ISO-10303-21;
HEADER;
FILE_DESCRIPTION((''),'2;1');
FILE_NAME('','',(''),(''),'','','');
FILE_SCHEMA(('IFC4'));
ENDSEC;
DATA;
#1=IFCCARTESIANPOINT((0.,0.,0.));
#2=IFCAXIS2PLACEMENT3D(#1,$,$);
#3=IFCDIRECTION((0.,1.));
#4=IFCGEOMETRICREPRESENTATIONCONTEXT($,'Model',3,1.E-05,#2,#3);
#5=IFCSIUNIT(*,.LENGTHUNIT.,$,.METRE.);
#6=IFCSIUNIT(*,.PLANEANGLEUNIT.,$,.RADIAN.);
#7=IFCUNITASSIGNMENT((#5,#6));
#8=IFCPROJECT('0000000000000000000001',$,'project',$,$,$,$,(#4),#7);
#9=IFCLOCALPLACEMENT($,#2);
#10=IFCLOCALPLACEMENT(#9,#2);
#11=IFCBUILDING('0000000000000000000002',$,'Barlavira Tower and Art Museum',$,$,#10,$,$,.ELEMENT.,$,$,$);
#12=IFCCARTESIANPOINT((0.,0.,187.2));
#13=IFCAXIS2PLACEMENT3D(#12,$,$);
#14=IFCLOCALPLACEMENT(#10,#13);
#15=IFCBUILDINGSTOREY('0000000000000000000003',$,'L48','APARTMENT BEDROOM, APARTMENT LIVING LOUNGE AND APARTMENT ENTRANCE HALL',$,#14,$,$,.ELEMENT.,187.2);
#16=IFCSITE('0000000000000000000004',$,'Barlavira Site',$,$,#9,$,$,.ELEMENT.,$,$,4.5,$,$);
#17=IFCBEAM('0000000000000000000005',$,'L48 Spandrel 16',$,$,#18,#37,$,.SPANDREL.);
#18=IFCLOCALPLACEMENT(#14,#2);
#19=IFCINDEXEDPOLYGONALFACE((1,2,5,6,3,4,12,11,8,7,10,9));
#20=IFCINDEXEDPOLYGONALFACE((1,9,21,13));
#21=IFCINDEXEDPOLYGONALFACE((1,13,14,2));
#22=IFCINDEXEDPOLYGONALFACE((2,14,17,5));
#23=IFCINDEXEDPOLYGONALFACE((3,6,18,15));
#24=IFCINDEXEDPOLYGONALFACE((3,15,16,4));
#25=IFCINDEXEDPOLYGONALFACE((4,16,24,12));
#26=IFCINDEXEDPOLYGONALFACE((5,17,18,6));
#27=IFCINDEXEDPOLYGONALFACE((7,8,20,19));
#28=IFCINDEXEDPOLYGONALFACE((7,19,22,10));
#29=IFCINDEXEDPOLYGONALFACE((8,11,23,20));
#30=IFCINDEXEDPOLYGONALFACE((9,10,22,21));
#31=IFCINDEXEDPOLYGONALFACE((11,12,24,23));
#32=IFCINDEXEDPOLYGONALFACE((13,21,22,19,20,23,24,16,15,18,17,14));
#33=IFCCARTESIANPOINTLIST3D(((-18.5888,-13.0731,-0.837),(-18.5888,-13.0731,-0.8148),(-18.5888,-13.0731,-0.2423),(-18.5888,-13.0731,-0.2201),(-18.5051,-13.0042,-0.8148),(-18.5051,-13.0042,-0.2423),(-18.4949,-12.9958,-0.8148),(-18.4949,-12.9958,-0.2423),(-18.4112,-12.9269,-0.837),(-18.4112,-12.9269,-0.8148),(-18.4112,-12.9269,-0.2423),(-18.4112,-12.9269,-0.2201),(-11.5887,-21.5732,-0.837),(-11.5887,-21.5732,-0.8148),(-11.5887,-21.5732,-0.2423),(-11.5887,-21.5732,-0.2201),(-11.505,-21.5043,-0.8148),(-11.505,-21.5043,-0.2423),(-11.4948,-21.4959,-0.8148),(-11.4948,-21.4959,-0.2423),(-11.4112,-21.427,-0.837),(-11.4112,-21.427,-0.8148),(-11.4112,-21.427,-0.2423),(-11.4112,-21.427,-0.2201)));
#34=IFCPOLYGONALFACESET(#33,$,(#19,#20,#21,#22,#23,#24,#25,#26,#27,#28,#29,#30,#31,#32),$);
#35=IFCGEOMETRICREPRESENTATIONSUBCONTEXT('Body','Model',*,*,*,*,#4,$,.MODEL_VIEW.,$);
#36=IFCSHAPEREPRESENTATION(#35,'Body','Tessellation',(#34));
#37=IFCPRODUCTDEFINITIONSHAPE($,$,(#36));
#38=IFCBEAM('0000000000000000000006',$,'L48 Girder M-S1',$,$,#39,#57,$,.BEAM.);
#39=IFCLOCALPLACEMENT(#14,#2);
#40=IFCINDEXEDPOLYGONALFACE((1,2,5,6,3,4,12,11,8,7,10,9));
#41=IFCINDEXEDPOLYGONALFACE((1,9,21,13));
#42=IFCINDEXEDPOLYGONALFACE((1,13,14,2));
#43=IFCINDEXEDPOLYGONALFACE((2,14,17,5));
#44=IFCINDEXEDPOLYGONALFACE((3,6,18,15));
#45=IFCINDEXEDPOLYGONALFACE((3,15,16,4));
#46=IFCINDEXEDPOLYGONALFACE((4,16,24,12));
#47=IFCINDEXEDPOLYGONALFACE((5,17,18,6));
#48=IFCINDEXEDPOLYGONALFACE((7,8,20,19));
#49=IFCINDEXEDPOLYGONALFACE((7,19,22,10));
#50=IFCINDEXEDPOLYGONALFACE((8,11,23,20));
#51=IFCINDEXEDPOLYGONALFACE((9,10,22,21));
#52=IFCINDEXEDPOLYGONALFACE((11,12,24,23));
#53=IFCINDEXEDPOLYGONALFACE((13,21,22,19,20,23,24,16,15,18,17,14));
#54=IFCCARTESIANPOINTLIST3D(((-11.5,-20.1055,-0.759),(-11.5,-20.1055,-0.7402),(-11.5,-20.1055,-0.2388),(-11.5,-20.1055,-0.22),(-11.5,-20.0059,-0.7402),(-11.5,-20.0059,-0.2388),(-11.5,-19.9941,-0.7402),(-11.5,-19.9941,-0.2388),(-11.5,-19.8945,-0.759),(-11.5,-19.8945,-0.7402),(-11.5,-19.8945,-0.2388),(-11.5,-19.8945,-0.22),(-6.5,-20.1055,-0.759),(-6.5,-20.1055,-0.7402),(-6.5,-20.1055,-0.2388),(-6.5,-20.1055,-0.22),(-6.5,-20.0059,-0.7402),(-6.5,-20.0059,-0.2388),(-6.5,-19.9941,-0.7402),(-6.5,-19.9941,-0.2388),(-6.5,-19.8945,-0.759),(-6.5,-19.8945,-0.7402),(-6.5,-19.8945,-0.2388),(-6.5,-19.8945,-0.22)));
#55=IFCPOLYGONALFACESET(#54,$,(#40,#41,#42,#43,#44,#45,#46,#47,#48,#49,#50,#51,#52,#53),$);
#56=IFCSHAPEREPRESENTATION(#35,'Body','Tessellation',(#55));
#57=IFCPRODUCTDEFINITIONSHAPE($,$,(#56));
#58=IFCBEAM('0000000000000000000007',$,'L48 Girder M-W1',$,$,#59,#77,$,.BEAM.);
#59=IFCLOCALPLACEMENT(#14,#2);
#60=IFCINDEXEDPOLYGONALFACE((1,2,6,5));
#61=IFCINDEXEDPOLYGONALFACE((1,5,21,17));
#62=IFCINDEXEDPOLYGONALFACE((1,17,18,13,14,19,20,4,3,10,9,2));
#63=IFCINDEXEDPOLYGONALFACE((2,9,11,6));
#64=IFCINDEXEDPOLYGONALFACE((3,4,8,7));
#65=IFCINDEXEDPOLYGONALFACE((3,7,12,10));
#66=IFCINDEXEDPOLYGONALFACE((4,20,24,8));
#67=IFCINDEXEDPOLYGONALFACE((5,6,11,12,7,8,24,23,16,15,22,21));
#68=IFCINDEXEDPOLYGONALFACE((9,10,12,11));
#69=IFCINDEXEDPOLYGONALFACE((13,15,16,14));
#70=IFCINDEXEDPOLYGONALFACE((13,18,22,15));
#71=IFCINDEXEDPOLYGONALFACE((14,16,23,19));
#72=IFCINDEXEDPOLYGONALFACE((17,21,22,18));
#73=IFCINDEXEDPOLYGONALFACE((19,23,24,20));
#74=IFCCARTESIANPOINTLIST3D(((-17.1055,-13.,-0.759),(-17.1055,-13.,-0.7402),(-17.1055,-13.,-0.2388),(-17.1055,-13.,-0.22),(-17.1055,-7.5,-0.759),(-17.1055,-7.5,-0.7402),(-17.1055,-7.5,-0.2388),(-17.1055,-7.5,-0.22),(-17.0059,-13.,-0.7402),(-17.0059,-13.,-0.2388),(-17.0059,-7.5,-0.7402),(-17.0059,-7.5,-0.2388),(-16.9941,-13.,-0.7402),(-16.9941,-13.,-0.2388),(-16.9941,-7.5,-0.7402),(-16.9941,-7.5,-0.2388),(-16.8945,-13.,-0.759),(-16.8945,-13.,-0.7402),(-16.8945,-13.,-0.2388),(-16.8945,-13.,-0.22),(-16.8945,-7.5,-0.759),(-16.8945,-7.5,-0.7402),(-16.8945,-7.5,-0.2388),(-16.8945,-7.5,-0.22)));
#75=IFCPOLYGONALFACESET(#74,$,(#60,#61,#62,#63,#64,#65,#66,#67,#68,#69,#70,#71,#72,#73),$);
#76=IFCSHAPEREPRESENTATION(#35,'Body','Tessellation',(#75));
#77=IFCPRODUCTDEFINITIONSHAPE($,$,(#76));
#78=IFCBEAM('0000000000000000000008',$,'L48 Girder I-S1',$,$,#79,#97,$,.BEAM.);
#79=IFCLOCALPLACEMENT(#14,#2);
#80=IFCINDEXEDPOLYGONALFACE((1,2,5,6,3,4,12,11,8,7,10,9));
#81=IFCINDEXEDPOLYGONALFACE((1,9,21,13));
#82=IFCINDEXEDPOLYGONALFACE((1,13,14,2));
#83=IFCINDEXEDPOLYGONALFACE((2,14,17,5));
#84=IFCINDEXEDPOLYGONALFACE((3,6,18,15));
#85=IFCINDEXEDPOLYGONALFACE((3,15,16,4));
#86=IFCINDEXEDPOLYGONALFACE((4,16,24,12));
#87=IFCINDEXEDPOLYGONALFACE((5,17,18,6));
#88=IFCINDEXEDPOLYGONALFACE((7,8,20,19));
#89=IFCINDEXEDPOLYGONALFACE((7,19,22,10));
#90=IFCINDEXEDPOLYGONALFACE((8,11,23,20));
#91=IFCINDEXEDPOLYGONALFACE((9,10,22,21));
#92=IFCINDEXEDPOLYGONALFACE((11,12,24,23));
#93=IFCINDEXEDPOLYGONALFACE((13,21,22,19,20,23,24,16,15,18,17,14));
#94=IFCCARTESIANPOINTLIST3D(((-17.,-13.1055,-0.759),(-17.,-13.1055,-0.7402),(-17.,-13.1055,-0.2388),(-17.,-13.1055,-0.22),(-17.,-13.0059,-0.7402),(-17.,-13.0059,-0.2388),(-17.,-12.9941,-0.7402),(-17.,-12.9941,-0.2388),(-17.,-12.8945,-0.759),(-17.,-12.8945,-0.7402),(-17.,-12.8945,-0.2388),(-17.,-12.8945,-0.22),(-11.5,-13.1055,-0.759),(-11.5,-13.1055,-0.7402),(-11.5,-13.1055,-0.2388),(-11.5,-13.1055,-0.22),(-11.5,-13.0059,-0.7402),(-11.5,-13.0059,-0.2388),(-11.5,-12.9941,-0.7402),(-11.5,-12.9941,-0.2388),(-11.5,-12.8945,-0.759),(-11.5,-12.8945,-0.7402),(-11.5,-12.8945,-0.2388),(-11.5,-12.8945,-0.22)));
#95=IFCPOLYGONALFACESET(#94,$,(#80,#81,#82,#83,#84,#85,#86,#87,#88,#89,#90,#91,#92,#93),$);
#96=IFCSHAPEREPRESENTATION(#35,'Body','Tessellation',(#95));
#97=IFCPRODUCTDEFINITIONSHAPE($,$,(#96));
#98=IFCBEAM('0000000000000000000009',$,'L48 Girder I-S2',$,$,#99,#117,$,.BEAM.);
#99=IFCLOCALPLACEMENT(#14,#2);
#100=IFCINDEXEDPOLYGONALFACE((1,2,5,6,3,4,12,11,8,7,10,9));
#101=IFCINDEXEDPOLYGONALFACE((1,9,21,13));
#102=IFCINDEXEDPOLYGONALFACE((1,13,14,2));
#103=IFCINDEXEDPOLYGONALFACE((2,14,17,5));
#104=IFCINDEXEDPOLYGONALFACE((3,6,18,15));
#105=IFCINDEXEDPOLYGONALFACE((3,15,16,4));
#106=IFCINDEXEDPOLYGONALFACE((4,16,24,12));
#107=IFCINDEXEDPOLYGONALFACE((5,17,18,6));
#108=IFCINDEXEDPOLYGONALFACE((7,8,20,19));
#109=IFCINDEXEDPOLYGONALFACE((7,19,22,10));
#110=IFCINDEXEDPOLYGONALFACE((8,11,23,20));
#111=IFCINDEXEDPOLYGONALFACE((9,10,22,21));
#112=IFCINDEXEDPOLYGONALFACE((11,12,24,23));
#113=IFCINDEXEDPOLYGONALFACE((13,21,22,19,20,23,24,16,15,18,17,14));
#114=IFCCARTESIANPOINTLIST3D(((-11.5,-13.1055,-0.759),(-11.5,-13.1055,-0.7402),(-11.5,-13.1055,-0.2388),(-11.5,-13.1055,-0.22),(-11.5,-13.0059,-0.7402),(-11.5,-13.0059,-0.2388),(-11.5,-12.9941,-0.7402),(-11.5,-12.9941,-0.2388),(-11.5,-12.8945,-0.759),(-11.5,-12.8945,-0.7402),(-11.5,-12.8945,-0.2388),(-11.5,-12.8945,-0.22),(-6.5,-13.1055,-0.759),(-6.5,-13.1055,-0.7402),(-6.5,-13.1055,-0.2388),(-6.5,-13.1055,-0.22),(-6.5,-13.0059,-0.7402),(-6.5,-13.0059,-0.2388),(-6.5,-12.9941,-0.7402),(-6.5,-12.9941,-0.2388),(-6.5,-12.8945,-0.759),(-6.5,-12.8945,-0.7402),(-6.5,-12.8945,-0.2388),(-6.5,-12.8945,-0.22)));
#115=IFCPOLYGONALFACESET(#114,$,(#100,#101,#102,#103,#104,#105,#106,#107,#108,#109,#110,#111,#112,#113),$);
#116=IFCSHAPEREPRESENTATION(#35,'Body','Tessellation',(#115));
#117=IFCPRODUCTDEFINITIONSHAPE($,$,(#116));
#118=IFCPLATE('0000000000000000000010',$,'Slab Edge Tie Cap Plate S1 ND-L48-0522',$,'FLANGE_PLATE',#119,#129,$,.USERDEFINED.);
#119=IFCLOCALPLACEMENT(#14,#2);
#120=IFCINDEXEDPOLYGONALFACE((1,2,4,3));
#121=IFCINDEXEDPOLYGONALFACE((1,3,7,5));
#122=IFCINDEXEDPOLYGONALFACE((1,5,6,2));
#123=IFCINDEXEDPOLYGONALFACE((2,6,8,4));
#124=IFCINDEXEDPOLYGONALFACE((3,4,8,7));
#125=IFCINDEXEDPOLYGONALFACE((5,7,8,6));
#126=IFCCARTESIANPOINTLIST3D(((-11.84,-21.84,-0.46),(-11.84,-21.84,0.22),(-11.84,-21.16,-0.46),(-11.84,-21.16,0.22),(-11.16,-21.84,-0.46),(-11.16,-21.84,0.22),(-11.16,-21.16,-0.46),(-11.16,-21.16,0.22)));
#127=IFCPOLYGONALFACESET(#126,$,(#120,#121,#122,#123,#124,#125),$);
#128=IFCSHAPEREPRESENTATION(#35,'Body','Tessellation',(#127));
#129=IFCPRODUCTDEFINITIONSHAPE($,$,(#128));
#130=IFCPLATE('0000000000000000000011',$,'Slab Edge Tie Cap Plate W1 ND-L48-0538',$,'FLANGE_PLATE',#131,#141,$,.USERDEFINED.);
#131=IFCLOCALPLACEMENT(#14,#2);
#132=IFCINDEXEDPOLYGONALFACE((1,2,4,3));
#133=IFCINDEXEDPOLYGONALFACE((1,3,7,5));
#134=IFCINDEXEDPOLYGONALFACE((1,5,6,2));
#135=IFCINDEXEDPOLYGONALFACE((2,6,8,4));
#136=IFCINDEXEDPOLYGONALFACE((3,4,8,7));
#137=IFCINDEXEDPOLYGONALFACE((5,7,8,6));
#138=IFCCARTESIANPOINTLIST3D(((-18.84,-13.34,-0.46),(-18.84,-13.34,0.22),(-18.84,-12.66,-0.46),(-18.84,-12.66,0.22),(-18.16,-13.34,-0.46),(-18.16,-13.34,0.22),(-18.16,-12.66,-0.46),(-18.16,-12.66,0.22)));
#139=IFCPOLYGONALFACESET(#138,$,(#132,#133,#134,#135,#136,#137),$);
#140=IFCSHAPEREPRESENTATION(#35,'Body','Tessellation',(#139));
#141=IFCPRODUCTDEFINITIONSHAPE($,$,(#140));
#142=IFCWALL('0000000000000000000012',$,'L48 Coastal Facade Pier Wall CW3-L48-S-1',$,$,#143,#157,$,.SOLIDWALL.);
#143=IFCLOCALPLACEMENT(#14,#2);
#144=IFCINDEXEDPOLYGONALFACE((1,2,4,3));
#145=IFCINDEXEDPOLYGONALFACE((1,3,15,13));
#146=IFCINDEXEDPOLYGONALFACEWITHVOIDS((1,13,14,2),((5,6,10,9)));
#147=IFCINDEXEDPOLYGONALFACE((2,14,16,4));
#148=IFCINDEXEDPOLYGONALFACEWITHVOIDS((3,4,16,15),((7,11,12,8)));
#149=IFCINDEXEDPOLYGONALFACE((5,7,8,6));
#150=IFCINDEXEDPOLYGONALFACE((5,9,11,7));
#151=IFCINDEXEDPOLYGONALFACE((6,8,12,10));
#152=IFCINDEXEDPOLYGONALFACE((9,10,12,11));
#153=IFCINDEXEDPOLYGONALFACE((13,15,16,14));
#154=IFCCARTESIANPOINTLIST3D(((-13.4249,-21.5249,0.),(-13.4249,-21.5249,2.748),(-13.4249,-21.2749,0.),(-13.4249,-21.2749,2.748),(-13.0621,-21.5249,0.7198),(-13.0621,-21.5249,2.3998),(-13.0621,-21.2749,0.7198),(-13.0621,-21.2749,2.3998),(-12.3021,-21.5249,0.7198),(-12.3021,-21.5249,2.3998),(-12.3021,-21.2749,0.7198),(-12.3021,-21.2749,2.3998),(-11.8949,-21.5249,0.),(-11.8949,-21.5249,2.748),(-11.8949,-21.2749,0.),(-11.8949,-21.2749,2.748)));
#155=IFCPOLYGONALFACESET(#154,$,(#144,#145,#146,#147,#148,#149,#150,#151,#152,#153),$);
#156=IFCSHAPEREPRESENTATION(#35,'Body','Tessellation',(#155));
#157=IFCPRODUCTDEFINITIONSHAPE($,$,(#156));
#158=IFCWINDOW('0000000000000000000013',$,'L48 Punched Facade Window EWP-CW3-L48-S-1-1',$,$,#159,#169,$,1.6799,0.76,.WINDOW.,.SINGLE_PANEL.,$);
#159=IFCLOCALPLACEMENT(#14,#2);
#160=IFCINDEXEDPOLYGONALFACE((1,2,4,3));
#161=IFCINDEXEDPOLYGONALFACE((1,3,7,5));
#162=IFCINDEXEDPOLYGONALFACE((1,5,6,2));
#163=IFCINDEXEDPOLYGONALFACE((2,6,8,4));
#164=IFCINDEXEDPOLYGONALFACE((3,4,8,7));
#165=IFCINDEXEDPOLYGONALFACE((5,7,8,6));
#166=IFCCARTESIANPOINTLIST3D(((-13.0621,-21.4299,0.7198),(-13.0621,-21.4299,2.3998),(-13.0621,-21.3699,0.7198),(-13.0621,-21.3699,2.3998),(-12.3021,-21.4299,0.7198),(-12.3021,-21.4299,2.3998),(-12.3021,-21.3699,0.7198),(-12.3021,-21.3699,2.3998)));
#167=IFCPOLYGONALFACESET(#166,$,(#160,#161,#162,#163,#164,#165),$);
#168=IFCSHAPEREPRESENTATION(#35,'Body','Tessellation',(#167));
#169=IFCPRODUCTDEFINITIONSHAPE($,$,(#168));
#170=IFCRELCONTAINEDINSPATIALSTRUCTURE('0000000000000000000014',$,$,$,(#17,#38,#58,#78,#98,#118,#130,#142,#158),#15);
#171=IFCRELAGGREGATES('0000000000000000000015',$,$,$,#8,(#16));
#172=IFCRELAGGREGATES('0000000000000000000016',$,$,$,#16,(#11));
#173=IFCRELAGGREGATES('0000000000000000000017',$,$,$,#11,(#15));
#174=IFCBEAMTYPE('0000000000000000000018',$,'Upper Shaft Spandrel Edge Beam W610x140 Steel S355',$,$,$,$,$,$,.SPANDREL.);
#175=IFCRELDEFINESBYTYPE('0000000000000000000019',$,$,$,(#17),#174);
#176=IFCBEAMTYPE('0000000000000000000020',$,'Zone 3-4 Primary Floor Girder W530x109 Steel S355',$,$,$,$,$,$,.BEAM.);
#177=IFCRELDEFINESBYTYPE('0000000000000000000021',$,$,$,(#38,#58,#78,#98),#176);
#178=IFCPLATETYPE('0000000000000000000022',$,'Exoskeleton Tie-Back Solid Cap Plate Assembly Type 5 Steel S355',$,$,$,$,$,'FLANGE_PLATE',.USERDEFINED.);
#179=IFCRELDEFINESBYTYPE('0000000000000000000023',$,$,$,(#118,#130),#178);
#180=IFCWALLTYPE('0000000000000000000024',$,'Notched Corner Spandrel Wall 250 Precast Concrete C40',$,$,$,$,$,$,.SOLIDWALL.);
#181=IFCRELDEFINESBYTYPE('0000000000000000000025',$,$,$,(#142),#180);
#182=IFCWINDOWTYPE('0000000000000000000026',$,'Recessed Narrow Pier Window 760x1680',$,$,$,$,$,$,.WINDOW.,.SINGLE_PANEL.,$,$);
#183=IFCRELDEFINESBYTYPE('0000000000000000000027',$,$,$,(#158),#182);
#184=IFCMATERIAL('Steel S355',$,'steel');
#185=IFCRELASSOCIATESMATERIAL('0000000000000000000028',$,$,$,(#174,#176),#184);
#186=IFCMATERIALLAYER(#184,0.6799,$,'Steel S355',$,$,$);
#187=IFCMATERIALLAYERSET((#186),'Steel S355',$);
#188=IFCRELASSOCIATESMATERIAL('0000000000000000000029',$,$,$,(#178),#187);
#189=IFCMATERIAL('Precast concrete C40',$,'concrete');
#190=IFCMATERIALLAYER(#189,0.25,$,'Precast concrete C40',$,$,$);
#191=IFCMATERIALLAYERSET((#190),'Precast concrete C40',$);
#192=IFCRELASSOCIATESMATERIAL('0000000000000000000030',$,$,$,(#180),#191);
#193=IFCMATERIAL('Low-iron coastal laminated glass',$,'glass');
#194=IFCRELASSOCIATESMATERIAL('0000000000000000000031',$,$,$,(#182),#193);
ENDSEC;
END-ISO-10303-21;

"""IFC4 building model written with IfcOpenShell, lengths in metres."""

from ifc_helpers import new_model, si_unit, direction, frame, frame_2d, origin, origin_2d, place, context, subcontext, project, spatial, rectangle, i_section, extrude, material, layer, layer_set, material_profile, profile_set, type_object, element, fill, save


model = new_model("IFC4")

# Units and contexts
model_context = context("Model", 3, precision=1e-05, world=origin(), true_north=direction((0.0, 1.0)))
body_context = subcontext(model_context, "Body", "Model", "MODEL_VIEW")
ifc_project = project(units=[si_unit("LENGTHUNIT", "METRE"), si_unit("PLANEANGLEUNIT", "RADIAN")], contexts=[model_context])

# Site, building, storey
site_placement = place(None, origin())
site = spatial("IfcSite", under=ifc_project, at=site_placement, Name="Barlavira Site", CompositionType="ELEMENT", RefElevation=4.5)
building_placement = place(site_placement, origin())
building = spatial("IfcBuilding", under=site, at=building_placement, Name="Barlavira Tower and Art Museum", CompositionType="ELEMENT")
storey_placement = place(building_placement, frame((0.0, 0.0, 187.2)))
storey = spatial("IfcBuildingStorey", under=building, at=storey_placement, Name="L48", Description="APARTMENT BEDROOM, APARTMENT LIVING LOUNGE AND APARTMENT ENTRANCE HALL", CompositionType="ELEMENT", Elevation=187.2)

# Shared definitions
ifc_material_1 = material(Name="Steel S355", Category="steel")

# Beams
ifc_material_profile_1 = material_profile(ifc_material_1, i_section(OverallWidth=0.23, OverallDepth=0.6169, WebThickness=0.0132, FlangeThickness=0.0222, at=origin_2d()), Name="W610x140.0")
ifc_profile_set_1 = profile_set([ifc_material_profile_1], Name="Steel S355")
beam_type_1 = type_object("IfcBeamType", Name="Upper Shaft Spandrel Edge Beam W610x140 Steel S355", PredefinedType="SPANDREL", material=ifc_profile_set_1)
beam_1_placement = place(storey_placement, frame((-18.5, -13.0, -0.5286), z_axis=(0.635707, -0.77193, 0.0), x_axis=(0.77193, 0.635707, 0.0)))
element("IfcBeam", 1, at=beam_1_placement, inside=storey, type_object=beam_type_1, Name="L48 Spandrel 16", PredefinedType="SPANDREL", context=body_context, shape_type="SweptSolid", body=[
    extrude(i_section(OverallWidth=0.23, OverallDepth=0.6169, WebThickness=0.0132, FlangeThickness=0.0222, at=origin_2d()), origin(), (0.0, 0.0, 1.0), 11.0115),
])
ifc_material_profile_2 = material_profile(ifc_material_1, i_section(OverallWidth=0.2109, OverallDepth=0.5391, WebThickness=0.0117, FlangeThickness=0.0188, at=origin_2d()), Name="W530x109.0")
ifc_profile_set_2 = profile_set([ifc_material_profile_2], Name="Steel S355")
beam_type_2 = type_object("IfcBeamType", Name="Zone 3-4 Primary Floor Girder W530x109 Steel S355", PredefinedType="BEAM", material=ifc_profile_set_2)
beam_2_placement = place(storey_placement, frame((-11.5, -20.0, -0.4895), z_axis=(1.0, 0.0, 0.0), x_axis=(0.0, 1.0, 0.0)))
element("IfcBeam", 2, at=beam_2_placement, inside=storey, type_object=beam_type_2, Name="L48 Girder M-S1", PredefinedType="BEAM", context=body_context, shape_type="SweptSolid", body=[
    extrude(i_section(OverallWidth=0.2109, OverallDepth=0.5391, WebThickness=0.0117, FlangeThickness=0.0188, at=origin_2d()), origin(), (0.0, 0.0, 1.0), 5.0),
])
for number, where, z_axis, x_axis, name in (
    (3, (-17.0, -13.0, -0.4895), (0.0, 1.0, 0.0), (-1.0, 0.0, 0.0), "L48 Girder M-W1"),
    (4, (-17.0, -13.0, -0.4895), (1.0, 0.0, 0.0), (0.0, 1.0, 0.0), "L48 Girder I-S1"),
):
    element("IfcBeam", number, at=place(storey_placement, frame(where, z_axis=z_axis, x_axis=x_axis)), inside=storey, type_object=beam_type_2, Name=name, PredefinedType="BEAM", context=body_context, shape_type="SweptSolid", body=[
        extrude(i_section(OverallWidth=0.2109, OverallDepth=0.5391, WebThickness=0.0117, FlangeThickness=0.0188, at=origin_2d()), origin(), (0.0, 0.0, 1.0), 5.5),
    ])
beam_3_placement = place(storey_placement, frame((-11.5, -13.0, -0.4895), z_axis=(1.0, 0.0, 0.0), x_axis=(0.0, 1.0, 0.0)))
element("IfcBeam", 5, at=beam_3_placement, inside=storey, type_object=beam_type_2, Name="L48 Girder I-S2", PredefinedType="BEAM", context=body_context, shape_type="SweptSolid", body=[
    extrude(i_section(OverallWidth=0.2109, OverallDepth=0.5391, WebThickness=0.0117, FlangeThickness=0.0188, at=origin_2d()), origin(), (0.0, 0.0, 1.0), 5.0),
])

# Plates
ifc_layer_1 = layer(ifc_material_1, 0.6799, Name="Steel S355")
ifc_layer_set_1 = layer_set([ifc_layer_1], Name="Steel S355")
plate_type = type_object("IfcPlateType", Name="Exoskeleton Tie-Back Solid Cap Plate Assembly Type 5 Steel S355", ElementType="FLANGE_PLATE", PredefinedType="USERDEFINED", material=ifc_layer_set_1)
for number, where, z_axis, x_axis, name in (
    (6, (-11.5, -21.5, -0.46), (0.0, 0.0, 1.0), (1.0, 0.0, 0.0), "Slab Edge Tie Cap Plate S1 ND-L48-0522"),
    (7, (-18.5, -13.0, -0.46), (0.0, 0.0, 1.0), (1.0, 0.0, 0.0), "Slab Edge Tie Cap Plate W1 ND-L48-0538"),
):
    element("IfcPlate", number, at=place(storey_placement, frame(where, z_axis=z_axis, x_axis=x_axis)), inside=storey, type_object=plate_type, Name=name, ObjectType="FLANGE_PLATE", PredefinedType="USERDEFINED", context=body_context, shape_type="SweptSolid", body=[
        extrude(rectangle(XDim=0.6799, YDim=0.6799, at=origin_2d()), origin(), (0.0, 0.0, 1.0), 0.6799),
    ])

# Wall, opening, window
ifc_material_2 = material(Name="Precast concrete C40", Category="concrete")
ifc_layer_2 = layer(ifc_material_2, 0.25, Name="Precast concrete C40")
ifc_layer_set_2 = layer_set([ifc_layer_2], Name="Precast concrete C40")
wall_type = type_object("IfcWallType", Name="Notched Corner Spandrel Wall 250 Precast Concrete C40", PredefinedType="SOLIDWALL", material=ifc_layer_set_2)
wall_1_placement = place(storey_placement, frame((-13.425, -21.3999, 0.0), z_axis=(0.0, 0.0, 1.0), x_axis=(1.0, 0.0, 0.0)))
wall_1 = element("IfcWall", 8, at=wall_1_placement, inside=storey, type_object=wall_type, Name="L48 Coastal Facade Pier Wall CW3-L48-S-1", PredefinedType="SOLIDWALL", context=body_context, shape_type="SweptSolid", body=[
    extrude(rectangle(XDim=1.53, YDim=0.25, at=frame_2d((0.7651, 0.0))), origin(), (0.0, 0.0, 1.0), 2.748),
])
opening_1_placement = place(wall_1_placement, frame((0.363, 0.0, 0.72)))
opening_1 = element("IfcOpeningElement", 9, at=opening_1_placement, cuts=wall_1, PredefinedType="OPENING", context=body_context, shape_type="SweptSolid", body=[
    extrude(rectangle(XDim=0.76, YDim=1.6799, at=frame_2d((0.3799, 0.8398))), frame((0.0, 0.135, 0.0), z_axis=(0.0, -1.0, 0.0), x_axis=(1.0, 0.0, 0.0)), (0.0, 0.0, 1.0), 0.27),
])
ifc_material_3 = material(Name="Low-iron coastal laminated glass", Category="glass")
window_type_1 = type_object("IfcWindowType", Name="Recessed Narrow Pier Window 760x1680", PartitioningType="SINGLE_PANEL", PredefinedType="WINDOW", material=ifc_material_3)
window_1_placement = place(opening_1_placement, origin())
window_1 = element("IfcWindow", 10, at=window_1_placement, inside=storey, type_object=window_type_1, Name="L48 Punched Facade Window EWP-CW3-L48-S-1-1", OverallHeight=1.6799, OverallWidth=0.76, PartitioningType="SINGLE_PANEL", PredefinedType="WINDOW", context=body_context, shape_type="SweptSolid", body=[
    extrude(rectangle(XDim=0.76, YDim=1.6799, at=frame_2d((0.3799, 0.8398))), frame((0.0, 0.03, 0.0), z_axis=(0.0, -1.0, 0.0), x_axis=(1.0, 0.0, 0.0)), (0.0, 0.0, 1.0), 0.0601),
])
fill(opening_1, window_1)

save(model, "model.ifc")
